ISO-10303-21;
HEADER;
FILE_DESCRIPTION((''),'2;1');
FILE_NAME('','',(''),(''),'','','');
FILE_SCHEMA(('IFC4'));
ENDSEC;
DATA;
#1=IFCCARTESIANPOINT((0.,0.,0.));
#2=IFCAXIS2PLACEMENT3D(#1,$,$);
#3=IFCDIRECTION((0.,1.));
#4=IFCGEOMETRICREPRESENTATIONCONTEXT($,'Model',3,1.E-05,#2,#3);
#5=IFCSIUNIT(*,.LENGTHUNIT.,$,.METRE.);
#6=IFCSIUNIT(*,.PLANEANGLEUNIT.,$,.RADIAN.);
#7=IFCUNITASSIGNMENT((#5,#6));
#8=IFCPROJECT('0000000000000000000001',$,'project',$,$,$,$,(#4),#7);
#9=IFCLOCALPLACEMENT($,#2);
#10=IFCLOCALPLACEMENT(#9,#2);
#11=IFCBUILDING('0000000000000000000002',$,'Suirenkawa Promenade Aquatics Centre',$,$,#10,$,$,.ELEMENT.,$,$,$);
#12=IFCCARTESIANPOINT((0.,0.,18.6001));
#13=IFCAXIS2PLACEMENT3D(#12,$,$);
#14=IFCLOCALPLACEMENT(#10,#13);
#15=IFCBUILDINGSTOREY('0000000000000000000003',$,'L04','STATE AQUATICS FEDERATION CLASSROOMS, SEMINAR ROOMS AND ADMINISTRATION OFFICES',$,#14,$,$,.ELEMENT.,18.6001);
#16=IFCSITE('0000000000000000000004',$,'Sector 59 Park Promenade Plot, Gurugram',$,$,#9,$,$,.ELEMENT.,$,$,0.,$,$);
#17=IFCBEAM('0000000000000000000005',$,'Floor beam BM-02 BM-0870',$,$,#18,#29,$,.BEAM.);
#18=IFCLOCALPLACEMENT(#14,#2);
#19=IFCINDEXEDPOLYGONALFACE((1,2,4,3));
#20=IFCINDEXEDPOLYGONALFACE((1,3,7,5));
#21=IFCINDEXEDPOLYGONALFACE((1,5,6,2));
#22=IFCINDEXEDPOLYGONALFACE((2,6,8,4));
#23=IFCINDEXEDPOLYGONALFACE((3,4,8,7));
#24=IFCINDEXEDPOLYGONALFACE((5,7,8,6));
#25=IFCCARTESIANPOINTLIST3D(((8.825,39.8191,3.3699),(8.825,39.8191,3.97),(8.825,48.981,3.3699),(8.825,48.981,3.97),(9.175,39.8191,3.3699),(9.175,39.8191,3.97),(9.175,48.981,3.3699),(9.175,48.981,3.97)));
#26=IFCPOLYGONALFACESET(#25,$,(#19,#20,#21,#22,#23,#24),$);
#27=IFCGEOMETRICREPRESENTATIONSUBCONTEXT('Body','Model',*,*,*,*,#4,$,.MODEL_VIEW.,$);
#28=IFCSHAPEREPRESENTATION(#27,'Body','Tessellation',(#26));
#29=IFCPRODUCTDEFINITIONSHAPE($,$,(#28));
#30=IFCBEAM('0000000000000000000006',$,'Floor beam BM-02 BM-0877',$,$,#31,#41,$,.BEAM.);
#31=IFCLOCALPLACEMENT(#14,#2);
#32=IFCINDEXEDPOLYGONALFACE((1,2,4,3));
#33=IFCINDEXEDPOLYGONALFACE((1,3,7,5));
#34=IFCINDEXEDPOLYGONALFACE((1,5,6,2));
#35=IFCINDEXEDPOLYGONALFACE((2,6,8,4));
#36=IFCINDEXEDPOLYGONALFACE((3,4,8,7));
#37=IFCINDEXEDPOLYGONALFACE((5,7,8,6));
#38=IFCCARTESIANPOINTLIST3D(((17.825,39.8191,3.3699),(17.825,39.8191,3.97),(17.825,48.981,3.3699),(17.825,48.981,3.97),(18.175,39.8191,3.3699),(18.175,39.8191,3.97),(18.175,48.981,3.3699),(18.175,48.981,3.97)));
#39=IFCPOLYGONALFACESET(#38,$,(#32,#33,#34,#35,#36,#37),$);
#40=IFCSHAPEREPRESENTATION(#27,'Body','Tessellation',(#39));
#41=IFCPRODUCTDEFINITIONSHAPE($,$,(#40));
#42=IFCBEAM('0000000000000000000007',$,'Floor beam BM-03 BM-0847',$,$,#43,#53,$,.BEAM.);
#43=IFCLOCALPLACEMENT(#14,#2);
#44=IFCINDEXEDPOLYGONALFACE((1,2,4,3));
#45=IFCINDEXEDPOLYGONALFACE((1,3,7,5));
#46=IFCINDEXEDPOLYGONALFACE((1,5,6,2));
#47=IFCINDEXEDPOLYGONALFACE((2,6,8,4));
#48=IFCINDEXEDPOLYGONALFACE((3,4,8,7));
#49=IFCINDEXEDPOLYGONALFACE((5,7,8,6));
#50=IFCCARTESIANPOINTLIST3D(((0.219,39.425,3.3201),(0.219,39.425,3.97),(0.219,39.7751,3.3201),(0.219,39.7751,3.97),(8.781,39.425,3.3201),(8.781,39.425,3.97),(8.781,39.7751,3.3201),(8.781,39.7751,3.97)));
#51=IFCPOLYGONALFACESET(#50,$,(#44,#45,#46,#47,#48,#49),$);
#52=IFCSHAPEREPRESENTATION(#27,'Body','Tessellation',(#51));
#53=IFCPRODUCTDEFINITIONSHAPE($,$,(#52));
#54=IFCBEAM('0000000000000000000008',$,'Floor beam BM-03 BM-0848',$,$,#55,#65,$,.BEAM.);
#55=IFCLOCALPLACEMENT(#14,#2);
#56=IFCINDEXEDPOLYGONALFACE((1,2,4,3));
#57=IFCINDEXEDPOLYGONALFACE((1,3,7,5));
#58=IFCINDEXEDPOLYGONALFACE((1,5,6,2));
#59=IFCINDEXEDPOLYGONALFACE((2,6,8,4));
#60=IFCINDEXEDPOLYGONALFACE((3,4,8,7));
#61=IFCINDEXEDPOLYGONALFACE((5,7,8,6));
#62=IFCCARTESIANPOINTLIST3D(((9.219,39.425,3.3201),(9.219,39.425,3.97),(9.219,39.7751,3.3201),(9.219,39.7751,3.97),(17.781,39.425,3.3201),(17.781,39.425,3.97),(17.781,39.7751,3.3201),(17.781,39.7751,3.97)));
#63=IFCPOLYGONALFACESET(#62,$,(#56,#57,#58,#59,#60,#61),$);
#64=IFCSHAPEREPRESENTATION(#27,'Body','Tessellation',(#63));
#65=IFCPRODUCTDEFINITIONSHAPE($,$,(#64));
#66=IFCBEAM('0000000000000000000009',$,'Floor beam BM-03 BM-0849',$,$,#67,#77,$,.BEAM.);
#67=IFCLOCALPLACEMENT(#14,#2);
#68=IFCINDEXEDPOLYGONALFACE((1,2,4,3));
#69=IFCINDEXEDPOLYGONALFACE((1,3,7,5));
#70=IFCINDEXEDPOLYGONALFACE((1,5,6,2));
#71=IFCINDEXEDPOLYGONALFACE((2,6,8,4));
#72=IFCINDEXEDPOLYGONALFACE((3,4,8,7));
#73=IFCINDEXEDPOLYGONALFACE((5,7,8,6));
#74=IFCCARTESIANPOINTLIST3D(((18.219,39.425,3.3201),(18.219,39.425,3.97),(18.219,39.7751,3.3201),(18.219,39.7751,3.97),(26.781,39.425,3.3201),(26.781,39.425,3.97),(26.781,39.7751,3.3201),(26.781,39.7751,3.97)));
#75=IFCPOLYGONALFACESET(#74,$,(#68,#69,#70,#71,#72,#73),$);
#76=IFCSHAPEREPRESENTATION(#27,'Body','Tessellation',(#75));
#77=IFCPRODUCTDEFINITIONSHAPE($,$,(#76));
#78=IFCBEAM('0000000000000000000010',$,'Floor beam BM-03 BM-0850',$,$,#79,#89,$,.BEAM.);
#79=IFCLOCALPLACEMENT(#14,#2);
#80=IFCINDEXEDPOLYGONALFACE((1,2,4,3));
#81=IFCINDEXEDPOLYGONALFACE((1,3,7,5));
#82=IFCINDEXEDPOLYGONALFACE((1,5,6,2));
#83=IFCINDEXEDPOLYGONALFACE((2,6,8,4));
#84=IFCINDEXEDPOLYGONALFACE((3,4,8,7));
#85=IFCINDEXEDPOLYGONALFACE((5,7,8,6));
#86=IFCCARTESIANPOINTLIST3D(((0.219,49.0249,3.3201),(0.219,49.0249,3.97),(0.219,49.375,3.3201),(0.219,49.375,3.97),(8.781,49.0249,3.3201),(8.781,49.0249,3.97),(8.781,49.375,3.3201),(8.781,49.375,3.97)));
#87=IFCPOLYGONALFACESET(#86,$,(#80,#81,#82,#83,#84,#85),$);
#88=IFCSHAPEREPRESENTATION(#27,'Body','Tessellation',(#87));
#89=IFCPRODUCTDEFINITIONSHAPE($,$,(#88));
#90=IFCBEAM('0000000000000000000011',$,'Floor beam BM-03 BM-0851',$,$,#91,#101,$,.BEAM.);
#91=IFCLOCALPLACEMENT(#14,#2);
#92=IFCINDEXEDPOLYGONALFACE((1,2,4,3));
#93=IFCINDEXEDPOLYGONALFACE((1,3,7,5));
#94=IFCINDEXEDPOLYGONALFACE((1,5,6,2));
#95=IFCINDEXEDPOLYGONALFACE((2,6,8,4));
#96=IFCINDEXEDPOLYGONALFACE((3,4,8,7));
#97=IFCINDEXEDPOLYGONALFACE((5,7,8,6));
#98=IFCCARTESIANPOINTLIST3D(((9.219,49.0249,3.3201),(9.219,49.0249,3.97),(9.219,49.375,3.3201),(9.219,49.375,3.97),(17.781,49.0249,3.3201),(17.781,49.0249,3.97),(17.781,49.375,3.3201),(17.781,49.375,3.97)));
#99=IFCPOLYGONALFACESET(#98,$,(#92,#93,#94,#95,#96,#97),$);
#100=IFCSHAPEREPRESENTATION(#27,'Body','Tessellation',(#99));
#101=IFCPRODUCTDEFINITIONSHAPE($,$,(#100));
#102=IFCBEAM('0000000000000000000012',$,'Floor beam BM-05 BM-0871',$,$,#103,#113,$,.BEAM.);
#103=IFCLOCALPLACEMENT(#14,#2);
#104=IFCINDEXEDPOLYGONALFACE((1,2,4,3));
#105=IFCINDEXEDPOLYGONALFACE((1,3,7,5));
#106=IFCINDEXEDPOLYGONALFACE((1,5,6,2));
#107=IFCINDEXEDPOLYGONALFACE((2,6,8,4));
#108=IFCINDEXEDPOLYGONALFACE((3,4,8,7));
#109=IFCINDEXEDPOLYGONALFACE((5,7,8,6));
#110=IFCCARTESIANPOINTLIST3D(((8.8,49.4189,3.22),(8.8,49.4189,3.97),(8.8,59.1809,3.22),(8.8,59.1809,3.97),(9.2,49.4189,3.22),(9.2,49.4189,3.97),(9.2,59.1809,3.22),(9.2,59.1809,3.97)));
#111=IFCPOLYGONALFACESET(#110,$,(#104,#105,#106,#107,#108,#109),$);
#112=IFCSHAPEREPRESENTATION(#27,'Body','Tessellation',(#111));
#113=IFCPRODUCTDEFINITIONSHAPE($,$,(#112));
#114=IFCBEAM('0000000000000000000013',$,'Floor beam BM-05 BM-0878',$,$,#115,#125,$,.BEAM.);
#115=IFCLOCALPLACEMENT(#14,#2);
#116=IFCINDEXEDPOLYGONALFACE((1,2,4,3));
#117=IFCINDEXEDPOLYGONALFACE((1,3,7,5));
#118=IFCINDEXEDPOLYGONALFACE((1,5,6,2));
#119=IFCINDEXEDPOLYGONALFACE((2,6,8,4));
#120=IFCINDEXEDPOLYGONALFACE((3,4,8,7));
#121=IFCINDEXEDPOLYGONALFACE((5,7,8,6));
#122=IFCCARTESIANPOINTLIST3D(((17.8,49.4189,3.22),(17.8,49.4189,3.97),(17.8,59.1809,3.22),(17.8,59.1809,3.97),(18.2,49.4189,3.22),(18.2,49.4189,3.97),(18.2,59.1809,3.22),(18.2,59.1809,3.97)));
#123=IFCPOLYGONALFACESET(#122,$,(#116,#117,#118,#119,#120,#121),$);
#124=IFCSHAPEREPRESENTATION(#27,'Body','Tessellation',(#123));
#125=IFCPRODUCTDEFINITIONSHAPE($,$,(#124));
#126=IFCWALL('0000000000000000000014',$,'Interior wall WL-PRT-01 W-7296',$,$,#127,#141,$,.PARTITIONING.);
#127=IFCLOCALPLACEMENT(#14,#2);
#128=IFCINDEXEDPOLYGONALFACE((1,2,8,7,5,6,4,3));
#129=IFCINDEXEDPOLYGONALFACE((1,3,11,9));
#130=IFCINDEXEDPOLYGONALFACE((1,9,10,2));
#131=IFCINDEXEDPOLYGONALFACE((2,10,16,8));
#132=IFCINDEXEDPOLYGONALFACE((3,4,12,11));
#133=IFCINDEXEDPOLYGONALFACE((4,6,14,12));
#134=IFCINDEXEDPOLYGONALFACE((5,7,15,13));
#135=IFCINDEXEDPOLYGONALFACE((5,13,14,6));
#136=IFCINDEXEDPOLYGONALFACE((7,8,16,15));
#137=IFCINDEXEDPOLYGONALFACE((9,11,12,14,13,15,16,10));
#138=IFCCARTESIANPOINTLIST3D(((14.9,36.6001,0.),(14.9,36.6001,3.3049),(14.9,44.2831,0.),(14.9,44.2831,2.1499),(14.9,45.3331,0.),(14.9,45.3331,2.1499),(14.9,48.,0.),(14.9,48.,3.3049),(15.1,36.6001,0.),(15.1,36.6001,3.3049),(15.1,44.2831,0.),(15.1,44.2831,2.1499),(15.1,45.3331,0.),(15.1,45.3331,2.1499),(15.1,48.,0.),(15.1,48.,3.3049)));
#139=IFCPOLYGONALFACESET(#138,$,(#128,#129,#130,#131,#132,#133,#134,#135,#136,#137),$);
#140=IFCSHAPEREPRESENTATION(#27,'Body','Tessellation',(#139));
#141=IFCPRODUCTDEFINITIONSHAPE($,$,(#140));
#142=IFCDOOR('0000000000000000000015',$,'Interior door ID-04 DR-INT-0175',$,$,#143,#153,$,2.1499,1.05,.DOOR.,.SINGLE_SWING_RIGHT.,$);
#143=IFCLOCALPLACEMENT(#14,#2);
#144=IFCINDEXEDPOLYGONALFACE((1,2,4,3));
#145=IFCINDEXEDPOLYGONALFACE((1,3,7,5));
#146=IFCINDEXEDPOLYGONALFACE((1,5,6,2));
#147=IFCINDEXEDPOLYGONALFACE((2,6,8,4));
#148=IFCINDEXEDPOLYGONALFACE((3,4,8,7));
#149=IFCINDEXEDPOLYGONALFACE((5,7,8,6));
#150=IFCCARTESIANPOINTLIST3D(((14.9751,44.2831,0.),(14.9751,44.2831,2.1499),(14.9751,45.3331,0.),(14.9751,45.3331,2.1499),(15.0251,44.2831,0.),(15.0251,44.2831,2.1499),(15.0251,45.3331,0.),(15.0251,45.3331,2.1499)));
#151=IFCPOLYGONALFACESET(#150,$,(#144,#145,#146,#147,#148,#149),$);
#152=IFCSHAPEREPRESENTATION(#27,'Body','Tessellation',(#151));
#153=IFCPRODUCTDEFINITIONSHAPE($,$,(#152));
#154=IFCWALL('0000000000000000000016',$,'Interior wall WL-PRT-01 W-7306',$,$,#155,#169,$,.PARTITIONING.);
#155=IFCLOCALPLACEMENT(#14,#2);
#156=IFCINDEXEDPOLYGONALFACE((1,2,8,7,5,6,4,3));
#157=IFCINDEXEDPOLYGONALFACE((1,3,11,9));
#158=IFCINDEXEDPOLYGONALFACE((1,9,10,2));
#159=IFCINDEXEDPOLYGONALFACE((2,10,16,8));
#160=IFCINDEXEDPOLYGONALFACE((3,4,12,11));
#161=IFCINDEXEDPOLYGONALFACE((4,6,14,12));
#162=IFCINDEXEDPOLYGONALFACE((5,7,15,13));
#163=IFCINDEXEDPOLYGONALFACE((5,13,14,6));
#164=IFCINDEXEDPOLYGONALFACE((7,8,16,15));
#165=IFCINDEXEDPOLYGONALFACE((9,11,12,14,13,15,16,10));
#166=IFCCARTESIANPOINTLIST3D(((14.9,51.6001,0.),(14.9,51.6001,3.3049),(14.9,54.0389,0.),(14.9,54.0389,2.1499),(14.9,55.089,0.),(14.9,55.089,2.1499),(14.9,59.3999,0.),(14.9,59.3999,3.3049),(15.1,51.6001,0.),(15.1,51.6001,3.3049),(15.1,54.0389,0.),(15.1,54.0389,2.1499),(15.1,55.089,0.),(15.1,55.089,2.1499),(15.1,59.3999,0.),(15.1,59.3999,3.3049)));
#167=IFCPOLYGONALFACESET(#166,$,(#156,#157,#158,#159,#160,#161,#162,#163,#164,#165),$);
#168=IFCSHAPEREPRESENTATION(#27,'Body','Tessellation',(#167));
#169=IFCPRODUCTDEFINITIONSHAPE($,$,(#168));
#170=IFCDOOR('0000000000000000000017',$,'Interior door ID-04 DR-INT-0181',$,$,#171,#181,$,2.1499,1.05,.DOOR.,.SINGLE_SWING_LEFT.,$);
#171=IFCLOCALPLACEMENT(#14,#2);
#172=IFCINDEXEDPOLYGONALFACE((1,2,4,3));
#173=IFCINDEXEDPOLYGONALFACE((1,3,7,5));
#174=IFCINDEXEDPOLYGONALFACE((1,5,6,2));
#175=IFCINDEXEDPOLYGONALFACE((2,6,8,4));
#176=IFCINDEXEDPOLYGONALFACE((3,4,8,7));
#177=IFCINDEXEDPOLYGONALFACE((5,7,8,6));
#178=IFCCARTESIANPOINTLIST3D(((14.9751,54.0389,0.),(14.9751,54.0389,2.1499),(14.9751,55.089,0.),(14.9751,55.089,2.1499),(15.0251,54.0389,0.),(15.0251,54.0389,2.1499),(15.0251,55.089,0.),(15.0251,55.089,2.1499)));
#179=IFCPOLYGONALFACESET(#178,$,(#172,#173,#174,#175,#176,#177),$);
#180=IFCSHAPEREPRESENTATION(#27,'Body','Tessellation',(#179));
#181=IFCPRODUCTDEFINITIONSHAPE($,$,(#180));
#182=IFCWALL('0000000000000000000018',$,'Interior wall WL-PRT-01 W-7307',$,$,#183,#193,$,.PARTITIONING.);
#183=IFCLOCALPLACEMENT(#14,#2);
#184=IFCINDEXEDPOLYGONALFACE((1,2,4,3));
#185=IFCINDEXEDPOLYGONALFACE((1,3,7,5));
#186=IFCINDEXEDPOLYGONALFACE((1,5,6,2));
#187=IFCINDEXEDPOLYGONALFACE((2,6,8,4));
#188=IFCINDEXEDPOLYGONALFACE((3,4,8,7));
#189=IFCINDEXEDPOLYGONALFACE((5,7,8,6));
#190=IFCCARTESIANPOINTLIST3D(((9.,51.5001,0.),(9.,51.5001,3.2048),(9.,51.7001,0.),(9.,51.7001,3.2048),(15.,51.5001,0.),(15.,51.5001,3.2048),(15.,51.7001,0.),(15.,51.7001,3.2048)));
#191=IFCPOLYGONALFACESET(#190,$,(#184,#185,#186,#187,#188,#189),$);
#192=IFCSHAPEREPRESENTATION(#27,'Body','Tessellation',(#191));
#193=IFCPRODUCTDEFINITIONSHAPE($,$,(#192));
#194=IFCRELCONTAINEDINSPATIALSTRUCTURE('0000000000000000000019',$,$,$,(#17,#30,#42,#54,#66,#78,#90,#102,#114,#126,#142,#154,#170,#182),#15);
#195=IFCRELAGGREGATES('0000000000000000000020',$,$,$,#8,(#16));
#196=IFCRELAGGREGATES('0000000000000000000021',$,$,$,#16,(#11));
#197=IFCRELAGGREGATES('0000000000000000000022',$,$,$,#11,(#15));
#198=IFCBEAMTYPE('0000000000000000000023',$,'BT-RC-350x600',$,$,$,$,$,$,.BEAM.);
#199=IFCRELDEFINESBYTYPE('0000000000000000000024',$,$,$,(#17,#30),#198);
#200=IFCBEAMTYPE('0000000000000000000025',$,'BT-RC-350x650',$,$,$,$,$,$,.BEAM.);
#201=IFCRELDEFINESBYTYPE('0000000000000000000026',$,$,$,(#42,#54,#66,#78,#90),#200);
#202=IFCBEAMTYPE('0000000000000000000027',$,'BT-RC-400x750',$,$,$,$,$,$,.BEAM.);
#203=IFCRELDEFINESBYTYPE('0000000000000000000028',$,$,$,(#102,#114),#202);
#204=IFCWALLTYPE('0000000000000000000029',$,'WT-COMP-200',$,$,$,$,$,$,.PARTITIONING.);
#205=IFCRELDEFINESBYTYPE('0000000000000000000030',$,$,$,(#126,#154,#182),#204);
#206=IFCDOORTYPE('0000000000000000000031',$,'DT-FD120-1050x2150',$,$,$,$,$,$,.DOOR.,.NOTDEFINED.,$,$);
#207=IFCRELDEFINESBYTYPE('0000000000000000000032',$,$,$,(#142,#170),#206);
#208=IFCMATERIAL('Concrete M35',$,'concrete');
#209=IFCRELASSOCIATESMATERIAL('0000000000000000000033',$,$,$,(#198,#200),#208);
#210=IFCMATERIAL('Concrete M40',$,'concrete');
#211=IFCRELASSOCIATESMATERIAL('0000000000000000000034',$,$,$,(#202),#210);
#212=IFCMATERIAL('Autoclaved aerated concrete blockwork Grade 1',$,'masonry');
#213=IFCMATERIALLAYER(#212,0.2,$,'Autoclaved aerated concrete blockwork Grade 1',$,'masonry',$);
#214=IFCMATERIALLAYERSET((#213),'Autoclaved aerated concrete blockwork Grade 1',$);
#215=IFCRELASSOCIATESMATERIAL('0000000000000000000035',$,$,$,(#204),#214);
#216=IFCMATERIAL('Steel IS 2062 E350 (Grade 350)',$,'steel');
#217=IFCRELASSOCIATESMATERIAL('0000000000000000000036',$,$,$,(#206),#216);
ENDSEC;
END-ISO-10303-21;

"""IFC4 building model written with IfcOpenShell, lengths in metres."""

from ifc_helpers import new_model, si_unit, direction, frame, frame_2d, origin, origin_2d, place, context, subcontext, project, spatial, rectangle, extrude, material, layer, layer_set, material_profile, profile_set, type_object, element, fill, save


model = new_model("IFC4")

# Units and contexts
model_context = context("Model", 3, precision=1e-05, world=origin(), true_north=direction((0.0, 1.0)))
body_context = subcontext(model_context, "Body", "Model", "MODEL_VIEW")
ifc_project = project(units=[si_unit("LENGTHUNIT", "METRE"), si_unit("PLANEANGLEUNIT", "RADIAN")], contexts=[model_context])

# Site, building, storey
site_placement = place(None, origin())
site = spatial("IfcSite", under=ifc_project, at=site_placement, Name="Sector 59 Park Promenade Plot, Gurugram", CompositionType="ELEMENT", RefElevation=0.0)
building_placement = place(site_placement, origin())
building = spatial("IfcBuilding", under=site, at=building_placement, Name="Suirenkawa Promenade Aquatics Centre", CompositionType="ELEMENT")
storey_placement = place(building_placement, frame((0.0, 0.0, 18.6001)))
storey = spatial("IfcBuildingStorey", under=building, at=storey_placement, Name="L04", Description="STATE AQUATICS FEDERATION CLASSROOMS, SEMINAR ROOMS AND ADMINISTRATION OFFICES", CompositionType="ELEMENT", Elevation=18.6001)

# Shared definitions
ifc_material_1 = material(Name="Concrete M40", Category="concrete")

# Beams
ifc_material_2 = material(Name="Steel IS 2062 E350 (Grade 350)", Category="steel")
ifc_material_3 = material(Name="Concrete M35", Category="concrete")
ifc_material_profile_1 = material_profile(ifc_material_3, rectangle(XDim=0.3501, YDim=0.6001, at=origin_2d()), Name="RC BM 350x600", Category="concrete")
ifc_profile_set_1 = profile_set([ifc_material_profile_1], Name="Concrete M35")
beam_type_1 = type_object("IfcBeamType", Name="BT-RC-350x600", PredefinedType="BEAM", material=ifc_profile_set_1)
for number, where, z_axis, x_axis, name in (
    (1, (9.0, 39.8191, 3.6699), (0.0, 1.0, 0.0), (-1.0, 0.0, 0.0), "Floor beam BM-02 BM-0870"),
    (2, (18.0, 39.8191, 3.6699), (0.0, 1.0, 0.0), (-1.0, 0.0, 0.0), "Floor beam BM-02 BM-0877"),
):
    element("IfcBeam", number, at=place(storey_placement, frame(where, z_axis=z_axis, x_axis=x_axis)), inside=storey, type_object=beam_type_1, Name=name, PredefinedType="BEAM", context=body_context, shape_type="SweptSolid", body=[
        extrude(rectangle(XDim=0.3501, YDim=0.6001, at=origin_2d()), origin(), (0.0, 0.0, 1.0), 9.1619),
    ])
ifc_material_profile_2 = material_profile(ifc_material_3, rectangle(XDim=0.3501, YDim=0.6499, at=origin_2d()), Name="RC BM 350x650", Category="concrete")
ifc_profile_set_2 = profile_set([ifc_material_profile_2], Name="Concrete M35")
beam_type_2 = type_object("IfcBeamType", Name="BT-RC-350x650", PredefinedType="BEAM", material=ifc_profile_set_2)
for number, where, z_axis, x_axis, name in (
    (3, (0.219, 39.6001, 3.645), (1.0, 0.0, 0.0), (0.0, 1.0, 0.0), "Floor beam BM-03 BM-0847"),
    (4, (9.219, 39.6001, 3.645), (1.0, 0.0, 0.0), (0.0, 1.0, 0.0), "Floor beam BM-03 BM-0848"),
    (5, (18.219, 39.6001, 3.645), (1.0, 0.0, 0.0), (0.0, 1.0, 0.0), "Floor beam BM-03 BM-0849"),
    (6, (0.219, 49.2, 3.645), (1.0, 0.0, 0.0), (0.0, 1.0, 0.0), "Floor beam BM-03 BM-0850"),
    (7, (9.219, 49.2, 3.645), (1.0, 0.0, 0.0), (0.0, 1.0, 0.0), "Floor beam BM-03 BM-0851"),
):
    element("IfcBeam", number, at=place(storey_placement, frame(where, z_axis=z_axis, x_axis=x_axis)), inside=storey, type_object=beam_type_2, Name=name, PredefinedType="BEAM", context=body_context, shape_type="SweptSolid", body=[
        extrude(rectangle(XDim=0.3501, YDim=0.6499, at=origin_2d()), origin(), (0.0, 0.0, 1.0), 8.562),
    ])
ifc_material_profile_3 = material_profile(ifc_material_1, rectangle(XDim=0.3999, YDim=0.75, at=origin_2d()), Name="RC BM 400x750", Category="concrete")
ifc_profile_set_3 = profile_set([ifc_material_profile_3], Name="Concrete M40")
beam_type_3 = type_object("IfcBeamType", Name="BT-RC-400x750", PredefinedType="BEAM", material=ifc_profile_set_3)
for number, where, z_axis, x_axis, name in (
    (8, (9.0, 49.4189, 3.595), (0.0, 1.0, 0.0), (-1.0, 0.0, 0.0), "Floor beam BM-05 BM-0871"),
    (9, (18.0, 49.4189, 3.595), (0.0, 1.0, 0.0), (-1.0, 0.0, 0.0), "Floor beam BM-05 BM-0878"),
):
    element("IfcBeam", number, at=place(storey_placement, frame(where, z_axis=z_axis, x_axis=x_axis)), inside=storey, type_object=beam_type_3, Name=name, PredefinedType="BEAM", context=body_context, shape_type="SweptSolid", body=[
        extrude(rectangle(XDim=0.3999, YDim=0.75, at=origin_2d()), origin(), (0.0, 0.0, 1.0), 9.762),
    ])

# Walls, openings, doors
ifc_material_4 = material(Name="Autoclaved aerated concrete blockwork Grade 1", Category="masonry")
ifc_layer = layer(ifc_material_4, 0.2, Name="Autoclaved aerated concrete blockwork Grade 1", Category="masonry")
ifc_layer_set = layer_set([ifc_layer], Name="Autoclaved aerated concrete blockwork Grade 1")
wall_type = type_object("IfcWallType", Name="WT-COMP-200", PredefinedType="PARTITIONING", material=ifc_layer_set)
wall_1_placement = place(storey_placement, frame((15.0, 36.6001, 0.0), z_axis=(0.0, 0.0, 1.0), x_axis=(0.0, 1.0, 0.0)))
wall_1 = element("IfcWall", 10, at=wall_1_placement, inside=storey, type_object=wall_type, Name="Interior wall WL-PRT-01 W-7296", PredefinedType="PARTITIONING", context=body_context, shape_type="SweptSolid", body=[
    extrude(rectangle(XDim=11.3999, YDim=0.2, at=frame_2d((5.7, 0.0))), origin(), (0.0, 0.0, 1.0), 3.3049),
])
opening_1_placement = place(wall_1_placement, frame((7.6831, 0.0, 0.0)))
opening_1 = element("IfcOpeningElement", 11, at=opening_1_placement, cuts=wall_1, PredefinedType="OPENING", context=body_context, shape_type="SweptSolid", body=[
    extrude(rectangle(XDim=1.05, YDim=2.1499, at=frame_2d((0.5249, 1.075))), frame((0.0, 0.1099, 0.0), z_axis=(0.0, -1.0, 0.0), x_axis=(1.0, 0.0, 0.0)), (0.0, 0.0, 1.0), 0.22),
])
door_type = type_object("IfcDoorType", Name="DT-FD120-1050x2150", OperationType="NOTDEFINED", PredefinedType="DOOR", material=ifc_material_2)
door_1_placement = place(opening_1_placement, origin())
door_1 = element("IfcDoor", 12, at=door_1_placement, inside=storey, type_object=door_type, Name="Interior door ID-04 DR-INT-0175", OperationType="SINGLE_SWING_RIGHT", OverallHeight=2.1499, OverallWidth=1.05, PredefinedType="DOOR", context=body_context, shape_type="SweptSolid", body=[
    extrude(rectangle(XDim=1.05, YDim=2.1499, at=frame_2d((0.5249, 1.075))), frame((0.0, 0.0249, 0.0), z_axis=(0.0, -1.0, 0.0), x_axis=(1.0, 0.0, 0.0)), (0.0, 0.0, 1.0), 0.05),
])
fill(opening_1, door_1)
wall_2_placement = place(storey_placement, frame((15.0, 51.6001, 0.0), z_axis=(0.0, 0.0, 1.0), x_axis=(0.0, 1.0, 0.0)))
wall_2 = element("IfcWall", 13, at=wall_2_placement, inside=storey, type_object=wall_type, Name="Interior wall WL-PRT-01 W-7306", PredefinedType="PARTITIONING", context=body_context, shape_type="SweptSolid", body=[
    extrude(rectangle(XDim=7.7998, YDim=0.2, at=frame_2d((3.8999, 0.0))), origin(), (0.0, 0.0, 1.0), 3.3049),
])
opening_2_placement = place(wall_2_placement, frame((2.439, 0.0, 0.0)))
opening_2 = element("IfcOpeningElement", 14, at=opening_2_placement, cuts=wall_2, PredefinedType="OPENING", context=body_context, shape_type="SweptSolid", body=[
    extrude(rectangle(XDim=1.05, YDim=2.1499, at=frame_2d((0.5249, 1.075))), frame((0.0, 0.1099, 0.0), z_axis=(0.0, -1.0, 0.0), x_axis=(1.0, 0.0, 0.0)), (0.0, 0.0, 1.0), 0.22),
])
door_2_placement = place(opening_2_placement, origin())
door_2 = element("IfcDoor", 15, at=door_2_placement, inside=storey, type_object=door_type, Name="Interior door ID-04 DR-INT-0181", OperationType="SINGLE_SWING_LEFT", OverallHeight=2.1499, OverallWidth=1.05, PredefinedType="DOOR", context=body_context, shape_type="SweptSolid", body=[
    extrude(rectangle(XDim=1.05, YDim=2.1499, at=frame_2d((0.5249, 1.075))), frame((0.0, 0.0249, 0.0), z_axis=(0.0, -1.0, 0.0), x_axis=(1.0, 0.0, 0.0)), (0.0, 0.0, 1.0), 0.05),
])
fill(opening_2, door_2)

# Wall
wall_3_placement = place(storey_placement, frame((9.0, 51.6001, 0.0), z_axis=(0.0, 0.0, 1.0), x_axis=(1.0, 0.0, 0.0)))
element("IfcWall", 16, at=wall_3_placement, inside=storey, type_object=wall_type, Name="Interior wall WL-PRT-01 W-7307", PredefinedType="PARTITIONING", context=body_context, shape_type="SweptSolid", body=[
    extrude(rectangle(XDim=6.0, YDim=0.2, at=frame_2d((3.0, 0.0))), origin(), (0.0, 0.0, 1.0), 3.2048),
])

save(model, "model.ifc")
